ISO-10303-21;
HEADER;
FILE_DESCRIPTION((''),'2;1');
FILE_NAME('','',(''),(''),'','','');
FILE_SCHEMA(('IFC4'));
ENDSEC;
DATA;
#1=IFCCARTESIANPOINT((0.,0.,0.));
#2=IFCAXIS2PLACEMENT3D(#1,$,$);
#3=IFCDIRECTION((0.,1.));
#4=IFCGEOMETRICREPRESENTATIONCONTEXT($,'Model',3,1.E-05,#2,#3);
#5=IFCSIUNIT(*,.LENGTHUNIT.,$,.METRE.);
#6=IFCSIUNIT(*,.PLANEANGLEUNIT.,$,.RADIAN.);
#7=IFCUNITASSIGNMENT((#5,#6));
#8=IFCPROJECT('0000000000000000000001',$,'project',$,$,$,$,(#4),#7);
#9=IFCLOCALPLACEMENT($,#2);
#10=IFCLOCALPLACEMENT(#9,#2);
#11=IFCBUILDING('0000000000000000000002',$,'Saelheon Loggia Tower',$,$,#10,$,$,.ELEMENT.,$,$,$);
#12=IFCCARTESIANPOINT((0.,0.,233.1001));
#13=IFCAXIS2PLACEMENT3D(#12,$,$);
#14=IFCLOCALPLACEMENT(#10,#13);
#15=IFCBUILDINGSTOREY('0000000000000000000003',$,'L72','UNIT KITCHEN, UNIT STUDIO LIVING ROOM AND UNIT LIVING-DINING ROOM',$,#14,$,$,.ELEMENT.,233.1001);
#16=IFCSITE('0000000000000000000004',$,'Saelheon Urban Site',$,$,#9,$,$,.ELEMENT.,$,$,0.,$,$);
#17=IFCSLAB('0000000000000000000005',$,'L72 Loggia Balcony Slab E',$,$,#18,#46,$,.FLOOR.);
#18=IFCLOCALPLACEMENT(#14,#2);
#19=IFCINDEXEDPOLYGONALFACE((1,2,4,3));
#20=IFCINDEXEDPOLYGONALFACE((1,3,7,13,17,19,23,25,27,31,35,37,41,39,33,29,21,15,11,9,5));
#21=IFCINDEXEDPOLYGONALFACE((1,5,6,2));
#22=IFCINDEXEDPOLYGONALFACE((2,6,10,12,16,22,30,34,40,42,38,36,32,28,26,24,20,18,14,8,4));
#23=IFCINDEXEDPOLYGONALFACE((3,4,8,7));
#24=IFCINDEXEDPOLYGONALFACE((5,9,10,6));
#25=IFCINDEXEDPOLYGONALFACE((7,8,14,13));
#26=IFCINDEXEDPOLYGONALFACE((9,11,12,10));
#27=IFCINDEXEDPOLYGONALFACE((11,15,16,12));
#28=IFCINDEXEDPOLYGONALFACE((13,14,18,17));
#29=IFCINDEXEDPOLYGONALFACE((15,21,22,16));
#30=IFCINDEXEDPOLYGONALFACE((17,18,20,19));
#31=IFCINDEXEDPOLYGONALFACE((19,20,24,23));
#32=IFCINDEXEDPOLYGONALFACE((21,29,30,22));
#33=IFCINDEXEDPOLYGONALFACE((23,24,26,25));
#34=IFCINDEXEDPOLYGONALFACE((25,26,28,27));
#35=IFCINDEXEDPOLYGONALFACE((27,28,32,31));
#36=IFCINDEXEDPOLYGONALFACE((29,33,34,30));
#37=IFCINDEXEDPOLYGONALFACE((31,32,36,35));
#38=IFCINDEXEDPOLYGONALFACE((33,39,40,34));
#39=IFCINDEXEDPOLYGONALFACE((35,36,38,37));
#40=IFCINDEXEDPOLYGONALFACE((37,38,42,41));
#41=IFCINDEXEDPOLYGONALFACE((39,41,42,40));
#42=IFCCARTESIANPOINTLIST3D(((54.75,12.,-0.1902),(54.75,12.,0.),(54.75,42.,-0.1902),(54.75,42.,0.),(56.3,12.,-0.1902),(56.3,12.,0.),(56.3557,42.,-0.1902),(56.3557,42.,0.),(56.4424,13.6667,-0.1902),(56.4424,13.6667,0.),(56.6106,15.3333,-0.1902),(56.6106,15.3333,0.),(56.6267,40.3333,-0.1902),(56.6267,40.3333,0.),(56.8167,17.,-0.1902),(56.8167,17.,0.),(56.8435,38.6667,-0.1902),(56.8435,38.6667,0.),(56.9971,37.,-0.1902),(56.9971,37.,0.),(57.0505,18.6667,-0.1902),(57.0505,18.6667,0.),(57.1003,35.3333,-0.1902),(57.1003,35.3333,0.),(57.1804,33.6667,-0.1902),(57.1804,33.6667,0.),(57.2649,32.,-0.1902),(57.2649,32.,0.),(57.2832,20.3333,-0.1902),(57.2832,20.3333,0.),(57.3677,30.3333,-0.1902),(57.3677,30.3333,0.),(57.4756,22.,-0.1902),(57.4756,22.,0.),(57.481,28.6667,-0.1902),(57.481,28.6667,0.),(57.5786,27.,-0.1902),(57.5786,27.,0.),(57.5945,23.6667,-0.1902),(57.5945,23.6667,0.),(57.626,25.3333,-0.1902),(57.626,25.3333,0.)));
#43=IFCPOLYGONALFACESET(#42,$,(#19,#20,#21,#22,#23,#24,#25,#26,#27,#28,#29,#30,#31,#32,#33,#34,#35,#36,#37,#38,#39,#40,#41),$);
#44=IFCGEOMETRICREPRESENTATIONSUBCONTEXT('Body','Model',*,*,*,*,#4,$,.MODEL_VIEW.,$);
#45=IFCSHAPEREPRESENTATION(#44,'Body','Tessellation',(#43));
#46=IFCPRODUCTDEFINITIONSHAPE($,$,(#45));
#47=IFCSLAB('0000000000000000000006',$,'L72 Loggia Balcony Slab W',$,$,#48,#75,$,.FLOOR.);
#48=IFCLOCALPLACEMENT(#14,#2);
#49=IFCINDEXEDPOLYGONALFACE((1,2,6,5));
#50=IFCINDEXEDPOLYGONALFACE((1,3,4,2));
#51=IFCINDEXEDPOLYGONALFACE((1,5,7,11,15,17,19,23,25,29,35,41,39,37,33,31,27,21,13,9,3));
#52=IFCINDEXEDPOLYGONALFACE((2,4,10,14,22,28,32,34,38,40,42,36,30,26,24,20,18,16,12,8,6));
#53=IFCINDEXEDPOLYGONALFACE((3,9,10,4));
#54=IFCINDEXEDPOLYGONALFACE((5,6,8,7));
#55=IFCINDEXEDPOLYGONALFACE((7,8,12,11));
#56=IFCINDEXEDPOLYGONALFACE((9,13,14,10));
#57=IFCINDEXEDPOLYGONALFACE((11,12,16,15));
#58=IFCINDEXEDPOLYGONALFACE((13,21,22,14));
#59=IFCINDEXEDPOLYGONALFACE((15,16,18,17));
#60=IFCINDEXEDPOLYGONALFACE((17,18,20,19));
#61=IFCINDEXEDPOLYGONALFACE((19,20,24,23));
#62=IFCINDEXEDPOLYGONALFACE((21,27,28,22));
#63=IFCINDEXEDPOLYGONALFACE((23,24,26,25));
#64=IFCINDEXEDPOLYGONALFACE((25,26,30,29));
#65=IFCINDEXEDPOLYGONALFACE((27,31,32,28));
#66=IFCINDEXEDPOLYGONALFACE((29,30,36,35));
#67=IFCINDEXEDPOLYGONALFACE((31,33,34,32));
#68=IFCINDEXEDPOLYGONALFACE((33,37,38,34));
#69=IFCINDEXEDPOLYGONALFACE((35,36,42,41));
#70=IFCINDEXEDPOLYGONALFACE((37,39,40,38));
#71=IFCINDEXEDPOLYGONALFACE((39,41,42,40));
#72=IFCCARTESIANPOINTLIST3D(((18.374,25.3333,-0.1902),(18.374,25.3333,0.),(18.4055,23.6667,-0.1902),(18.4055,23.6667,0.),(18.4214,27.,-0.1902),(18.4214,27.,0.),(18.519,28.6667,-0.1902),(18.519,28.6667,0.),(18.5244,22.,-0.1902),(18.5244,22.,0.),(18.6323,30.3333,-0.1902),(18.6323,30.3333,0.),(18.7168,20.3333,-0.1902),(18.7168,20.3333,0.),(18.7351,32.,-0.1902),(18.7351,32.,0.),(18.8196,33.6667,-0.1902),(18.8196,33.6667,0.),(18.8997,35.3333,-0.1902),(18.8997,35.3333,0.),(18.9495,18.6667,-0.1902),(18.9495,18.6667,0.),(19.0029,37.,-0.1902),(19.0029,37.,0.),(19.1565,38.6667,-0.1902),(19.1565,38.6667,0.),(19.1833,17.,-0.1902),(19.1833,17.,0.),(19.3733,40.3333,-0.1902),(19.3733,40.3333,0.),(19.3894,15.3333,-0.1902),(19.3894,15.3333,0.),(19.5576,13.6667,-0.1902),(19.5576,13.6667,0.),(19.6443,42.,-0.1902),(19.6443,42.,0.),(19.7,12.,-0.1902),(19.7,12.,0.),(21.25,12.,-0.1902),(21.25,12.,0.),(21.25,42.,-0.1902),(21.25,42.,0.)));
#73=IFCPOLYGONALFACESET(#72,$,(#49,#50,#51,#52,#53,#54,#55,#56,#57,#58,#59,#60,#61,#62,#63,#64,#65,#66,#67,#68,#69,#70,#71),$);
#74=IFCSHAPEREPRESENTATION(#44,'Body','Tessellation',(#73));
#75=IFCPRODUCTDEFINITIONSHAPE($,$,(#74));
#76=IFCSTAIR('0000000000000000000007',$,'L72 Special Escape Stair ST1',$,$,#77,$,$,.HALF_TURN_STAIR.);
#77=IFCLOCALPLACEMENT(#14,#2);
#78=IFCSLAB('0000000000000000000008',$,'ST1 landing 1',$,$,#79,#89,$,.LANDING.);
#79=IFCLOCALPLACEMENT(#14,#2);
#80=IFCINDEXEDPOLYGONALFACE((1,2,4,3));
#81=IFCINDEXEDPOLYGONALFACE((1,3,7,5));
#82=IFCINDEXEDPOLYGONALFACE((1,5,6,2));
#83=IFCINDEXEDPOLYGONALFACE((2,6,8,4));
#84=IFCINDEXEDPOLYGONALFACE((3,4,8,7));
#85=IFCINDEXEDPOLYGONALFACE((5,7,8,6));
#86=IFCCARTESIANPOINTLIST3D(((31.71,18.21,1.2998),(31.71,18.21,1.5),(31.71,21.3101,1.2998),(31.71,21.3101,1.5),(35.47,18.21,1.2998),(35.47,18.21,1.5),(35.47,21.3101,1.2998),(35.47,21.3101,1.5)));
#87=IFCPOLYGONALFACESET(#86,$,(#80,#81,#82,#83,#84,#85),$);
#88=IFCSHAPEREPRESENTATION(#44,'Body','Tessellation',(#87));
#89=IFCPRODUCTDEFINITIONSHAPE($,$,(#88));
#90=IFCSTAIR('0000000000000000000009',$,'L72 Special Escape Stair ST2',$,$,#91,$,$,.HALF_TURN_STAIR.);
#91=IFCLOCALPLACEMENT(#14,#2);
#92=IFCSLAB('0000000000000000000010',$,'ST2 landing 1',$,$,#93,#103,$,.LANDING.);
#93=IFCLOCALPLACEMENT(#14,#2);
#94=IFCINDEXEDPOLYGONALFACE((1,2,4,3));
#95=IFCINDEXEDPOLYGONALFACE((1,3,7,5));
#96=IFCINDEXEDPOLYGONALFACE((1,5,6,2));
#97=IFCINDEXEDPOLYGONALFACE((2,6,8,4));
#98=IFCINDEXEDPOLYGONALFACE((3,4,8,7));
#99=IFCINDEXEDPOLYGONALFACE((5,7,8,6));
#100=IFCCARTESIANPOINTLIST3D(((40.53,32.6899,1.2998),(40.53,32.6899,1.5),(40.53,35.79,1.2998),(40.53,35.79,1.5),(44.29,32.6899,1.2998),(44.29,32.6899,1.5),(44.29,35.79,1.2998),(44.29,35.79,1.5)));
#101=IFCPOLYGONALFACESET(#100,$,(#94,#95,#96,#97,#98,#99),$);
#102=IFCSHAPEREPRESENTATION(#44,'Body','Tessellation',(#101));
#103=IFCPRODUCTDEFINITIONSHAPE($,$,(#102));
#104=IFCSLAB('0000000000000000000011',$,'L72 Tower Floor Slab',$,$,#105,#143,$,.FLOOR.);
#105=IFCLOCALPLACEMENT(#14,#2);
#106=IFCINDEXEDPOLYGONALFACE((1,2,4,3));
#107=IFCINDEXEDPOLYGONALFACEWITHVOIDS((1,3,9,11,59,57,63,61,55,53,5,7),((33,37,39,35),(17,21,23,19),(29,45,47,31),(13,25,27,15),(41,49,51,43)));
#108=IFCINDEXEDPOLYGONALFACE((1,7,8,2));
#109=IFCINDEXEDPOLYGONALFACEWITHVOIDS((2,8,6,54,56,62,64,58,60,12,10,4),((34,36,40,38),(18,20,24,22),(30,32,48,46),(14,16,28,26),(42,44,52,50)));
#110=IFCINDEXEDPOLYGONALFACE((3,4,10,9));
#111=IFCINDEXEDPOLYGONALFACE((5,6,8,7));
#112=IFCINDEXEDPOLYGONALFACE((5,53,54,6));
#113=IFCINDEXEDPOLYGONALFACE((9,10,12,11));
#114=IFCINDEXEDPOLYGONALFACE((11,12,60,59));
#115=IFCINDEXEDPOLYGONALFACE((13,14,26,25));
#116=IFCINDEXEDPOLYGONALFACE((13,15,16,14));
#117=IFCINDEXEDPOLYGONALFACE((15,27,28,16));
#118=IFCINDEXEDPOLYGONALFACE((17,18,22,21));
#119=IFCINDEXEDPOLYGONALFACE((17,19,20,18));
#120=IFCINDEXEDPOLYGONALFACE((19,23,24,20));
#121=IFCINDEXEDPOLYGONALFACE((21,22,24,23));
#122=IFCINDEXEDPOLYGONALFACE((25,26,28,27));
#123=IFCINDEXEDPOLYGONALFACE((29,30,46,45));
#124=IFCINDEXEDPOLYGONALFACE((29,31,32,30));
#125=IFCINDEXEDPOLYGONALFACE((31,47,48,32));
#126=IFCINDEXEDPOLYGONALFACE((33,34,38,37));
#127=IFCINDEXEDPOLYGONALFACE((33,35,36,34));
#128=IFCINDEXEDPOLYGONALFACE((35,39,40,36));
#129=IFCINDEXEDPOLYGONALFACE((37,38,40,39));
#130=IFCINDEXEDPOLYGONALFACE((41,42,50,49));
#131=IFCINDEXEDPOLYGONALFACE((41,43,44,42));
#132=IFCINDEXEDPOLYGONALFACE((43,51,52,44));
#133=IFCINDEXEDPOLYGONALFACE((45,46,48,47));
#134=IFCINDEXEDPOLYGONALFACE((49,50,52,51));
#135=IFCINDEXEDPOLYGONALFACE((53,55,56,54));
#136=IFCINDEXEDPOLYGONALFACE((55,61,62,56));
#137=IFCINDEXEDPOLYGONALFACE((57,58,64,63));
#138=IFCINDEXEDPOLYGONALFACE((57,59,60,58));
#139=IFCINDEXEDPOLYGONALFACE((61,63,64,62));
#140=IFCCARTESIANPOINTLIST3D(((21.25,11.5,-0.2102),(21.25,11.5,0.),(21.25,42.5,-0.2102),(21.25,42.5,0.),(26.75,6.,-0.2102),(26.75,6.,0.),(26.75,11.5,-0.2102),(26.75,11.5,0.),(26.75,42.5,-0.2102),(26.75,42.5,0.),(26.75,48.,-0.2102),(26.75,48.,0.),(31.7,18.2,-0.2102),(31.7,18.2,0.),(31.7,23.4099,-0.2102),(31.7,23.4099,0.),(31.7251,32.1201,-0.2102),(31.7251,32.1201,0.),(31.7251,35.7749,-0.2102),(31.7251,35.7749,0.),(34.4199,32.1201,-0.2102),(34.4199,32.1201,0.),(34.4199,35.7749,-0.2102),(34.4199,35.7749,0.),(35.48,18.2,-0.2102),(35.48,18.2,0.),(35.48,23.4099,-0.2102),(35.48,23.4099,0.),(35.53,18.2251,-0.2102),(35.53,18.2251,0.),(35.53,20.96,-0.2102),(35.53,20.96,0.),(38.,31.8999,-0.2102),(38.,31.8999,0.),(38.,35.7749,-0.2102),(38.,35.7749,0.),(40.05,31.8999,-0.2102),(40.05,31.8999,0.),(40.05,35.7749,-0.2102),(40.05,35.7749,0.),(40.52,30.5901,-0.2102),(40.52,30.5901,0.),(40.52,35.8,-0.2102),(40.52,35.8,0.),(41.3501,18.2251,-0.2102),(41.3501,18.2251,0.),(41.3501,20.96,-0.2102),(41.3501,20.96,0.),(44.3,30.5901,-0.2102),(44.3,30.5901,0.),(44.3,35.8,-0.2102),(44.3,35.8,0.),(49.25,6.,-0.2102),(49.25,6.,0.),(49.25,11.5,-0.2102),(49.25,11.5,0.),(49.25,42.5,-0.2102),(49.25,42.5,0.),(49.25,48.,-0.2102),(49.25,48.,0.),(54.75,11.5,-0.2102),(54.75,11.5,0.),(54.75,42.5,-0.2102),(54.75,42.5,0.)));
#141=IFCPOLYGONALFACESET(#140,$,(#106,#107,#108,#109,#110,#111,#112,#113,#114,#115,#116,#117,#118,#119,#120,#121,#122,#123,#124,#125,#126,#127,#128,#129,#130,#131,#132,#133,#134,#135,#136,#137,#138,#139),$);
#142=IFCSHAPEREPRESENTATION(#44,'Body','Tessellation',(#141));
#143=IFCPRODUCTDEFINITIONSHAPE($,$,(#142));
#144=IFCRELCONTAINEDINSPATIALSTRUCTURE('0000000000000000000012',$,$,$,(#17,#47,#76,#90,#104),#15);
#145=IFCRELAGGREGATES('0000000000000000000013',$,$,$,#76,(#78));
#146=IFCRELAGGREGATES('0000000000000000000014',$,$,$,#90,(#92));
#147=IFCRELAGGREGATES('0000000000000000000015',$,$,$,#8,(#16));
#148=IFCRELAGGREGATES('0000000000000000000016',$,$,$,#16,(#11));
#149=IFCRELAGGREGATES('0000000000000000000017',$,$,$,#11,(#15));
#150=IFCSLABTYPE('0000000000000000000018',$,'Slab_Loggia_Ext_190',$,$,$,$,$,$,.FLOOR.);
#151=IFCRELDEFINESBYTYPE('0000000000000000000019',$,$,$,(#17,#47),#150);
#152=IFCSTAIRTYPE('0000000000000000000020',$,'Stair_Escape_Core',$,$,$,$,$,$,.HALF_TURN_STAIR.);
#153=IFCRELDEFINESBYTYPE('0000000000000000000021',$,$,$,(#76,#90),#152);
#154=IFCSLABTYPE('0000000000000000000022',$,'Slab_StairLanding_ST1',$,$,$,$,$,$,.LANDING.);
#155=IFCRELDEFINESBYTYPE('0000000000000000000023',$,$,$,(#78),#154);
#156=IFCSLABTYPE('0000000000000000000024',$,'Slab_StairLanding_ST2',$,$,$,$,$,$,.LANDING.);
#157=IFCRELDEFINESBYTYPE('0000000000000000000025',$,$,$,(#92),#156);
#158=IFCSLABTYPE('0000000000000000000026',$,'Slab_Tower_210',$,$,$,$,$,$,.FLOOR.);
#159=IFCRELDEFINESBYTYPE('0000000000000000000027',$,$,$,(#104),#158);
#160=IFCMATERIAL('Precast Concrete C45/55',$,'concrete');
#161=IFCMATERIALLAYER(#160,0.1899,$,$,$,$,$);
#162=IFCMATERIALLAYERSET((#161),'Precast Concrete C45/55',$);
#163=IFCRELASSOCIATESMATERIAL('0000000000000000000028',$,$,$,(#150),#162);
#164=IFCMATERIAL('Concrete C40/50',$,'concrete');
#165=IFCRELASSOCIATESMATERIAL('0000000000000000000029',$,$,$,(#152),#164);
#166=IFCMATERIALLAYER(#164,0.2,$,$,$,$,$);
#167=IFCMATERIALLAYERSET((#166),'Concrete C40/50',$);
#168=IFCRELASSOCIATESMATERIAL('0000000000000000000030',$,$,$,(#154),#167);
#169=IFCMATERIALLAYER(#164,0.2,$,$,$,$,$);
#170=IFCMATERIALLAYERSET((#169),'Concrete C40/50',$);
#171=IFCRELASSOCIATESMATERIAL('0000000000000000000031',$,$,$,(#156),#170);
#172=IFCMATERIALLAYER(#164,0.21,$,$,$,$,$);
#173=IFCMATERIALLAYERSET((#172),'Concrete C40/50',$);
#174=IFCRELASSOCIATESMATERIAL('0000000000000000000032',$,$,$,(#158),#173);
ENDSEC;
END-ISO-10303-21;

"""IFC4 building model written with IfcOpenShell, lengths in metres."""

from ifc_helpers import new_model, si_unit, direction, frame, origin, place, context, subcontext, project, spatial, polyline, outline, extrude, material, layer, layer_set, type_object, element, aggregate, save


model = new_model("IFC4")

# Units and contexts
model_context = context("Model", 3, precision=1e-05, world=origin(), true_north=direction((0.0, 1.0)))
body_context = subcontext(model_context, "Body", "Model", "MODEL_VIEW")
ifc_project = project(units=[si_unit("LENGTHUNIT", "METRE"), si_unit("PLANEANGLEUNIT", "RADIAN")], contexts=[model_context])

# Site, building, storey
site_placement = place(None, origin())
site = spatial("IfcSite", under=ifc_project, at=site_placement, Name="Saelheon Urban Site", CompositionType="ELEMENT", RefElevation=0.0)
building_placement = place(site_placement, origin())
building = spatial("IfcBuilding", under=site, at=building_placement, Name="Saelheon Loggia Tower", CompositionType="ELEMENT")
storey_placement = place(building_placement, frame((0.0, 0.0, 233.1001)))
storey = spatial("IfcBuildingStorey", under=building, at=storey_placement, Name="L72", Description="UNIT KITCHEN, UNIT STUDIO LIVING ROOM AND UNIT LIVING-DINING ROOM", CompositionType="ELEMENT", Elevation=233.1001)

# Shared definitions
ifc_material_1 = material(Name="Precast Concrete C45/55", Category="concrete")

# Shared definitions
ifc_material_2 = material(Name="Concrete C40/50", Category="concrete")

# Slabs
ifc_layer_1 = layer(ifc_material_1, 0.1899)
ifc_layer_set_1 = layer_set([ifc_layer_1], Name="Precast Concrete C45/55")
slab_type_1 = type_object("IfcSlabType", Name="Slab_Loggia_Ext_190", PredefinedType="FLOOR", material=ifc_layer_set_1)
slab_1_placement = place(storey_placement, frame((0.0, 0.0, -0.1902)))
element("IfcSlab", 1, at=slab_1_placement, inside=storey, type_object=slab_type_1, Name="L72 Loggia Balcony Slab E", PredefinedType="FLOOR", context=body_context, shape_type="SweptSolid", body=[
    extrude(outline(polyline([(54.75, 12.0), (56.3, 12.0), (56.4424, 13.6667), (56.6106, 15.3333), (56.8167, 17.0), (57.0505, 18.6667), (57.2832, 20.3333), (57.4756, 22.0), (57.5945, 23.6667), (57.626, 25.3333), (57.5786, 27.0), (57.481, 28.6667), (57.3677, 30.3333), (57.2649, 32.0), (57.1804, 33.6667), (57.1003, 35.3333), (56.9971, 37.0), (56.8435, 38.6667), (56.6267, 40.3333), (56.3557, 42.0), (54.75, 42.0), (54.75, 12.0)])), origin(), (0.0, 0.0, 1.0), 0.1902),
])
slab_2_placement = place(storey_placement, frame((0.0, 0.0, -0.1902)))
element("IfcSlab", 2, at=slab_2_placement, inside=storey, type_object=slab_type_1, Name="L72 Loggia Balcony Slab W", PredefinedType="FLOOR", context=body_context, shape_type="SweptSolid", body=[
    extrude(outline(polyline([(21.25, 12.0), (21.25, 42.0), (19.6443, 42.0), (19.3733, 40.3333), (19.1565, 38.6667), (19.0029, 37.0), (18.8997, 35.3333), (18.8196, 33.6667), (18.7351, 32.0), (18.6323, 30.3333), (18.519, 28.6667), (18.4214, 27.0), (18.374, 25.3333), (18.4055, 23.6667), (18.5244, 22.0), (18.7168, 20.3333), (18.9495, 18.6667), (19.1833, 17.0), (19.3894, 15.3333), (19.5576, 13.6667), (19.7, 12.0), (21.25, 12.0)])), origin(), (0.0, 0.0, 1.0), 0.1902),
])

# Stairs, slabs
stair_type = type_object("IfcStairType", Name="Stair_Escape_Core", PredefinedType="HALF_TURN_STAIR", material=ifc_material_2)
stair_1_placement = place(storey_placement, origin())
stair_1 = element("IfcStair", 3, at=stair_1_placement, inside=storey, type_object=stair_type, Name="L72 Special Escape Stair ST1", PredefinedType="HALF_TURN_STAIR")
ifc_layer_2 = layer(ifc_material_2, 0.2)
ifc_layer_set_2 = layer_set([ifc_layer_2], Name="Concrete C40/50")
slab_type_2 = type_object("IfcSlabType", Name="Slab_StairLanding_ST1", PredefinedType="LANDING", material=ifc_layer_set_2)
slab_3_placement = place(storey_placement, frame((0.0, 0.0, 1.2998)))
slab_3 = element("IfcSlab", 4, at=slab_3_placement, type_object=slab_type_2, Name="ST1 landing 1", PredefinedType="LANDING", context=body_context, shape_type="SweptSolid", body=[
    extrude(outline(polyline([(31.71, 21.3101), (31.71, 18.21), (35.47, 18.21), (35.47, 21.3101), (31.71, 21.3101)])), origin(), (0.0, 0.0, 1.0), 0.2002),
])
aggregate(stair_1, [slab_3])
stair_2_placement = place(storey_placement, origin())
stair_2 = element("IfcStair", 5, at=stair_2_placement, inside=storey, type_object=stair_type, Name="L72 Special Escape Stair ST2", PredefinedType="HALF_TURN_STAIR")
ifc_layer_3 = layer(ifc_material_2, 0.2)
ifc_layer_set_3 = layer_set([ifc_layer_3], Name="Concrete C40/50")
slab_type_3 = type_object("IfcSlabType", Name="Slab_StairLanding_ST2", PredefinedType="LANDING", material=ifc_layer_set_3)
slab_4_placement = place(storey_placement, frame((0.0, 0.0, 1.2998)))
slab_4 = element("IfcSlab", 6, at=slab_4_placement, type_object=slab_type_3, Name="ST2 landing 1", PredefinedType="LANDING", context=body_context, shape_type="SweptSolid", body=[
    extrude(outline(polyline([(44.29, 32.6899), (44.29, 35.79), (40.53, 35.79), (40.53, 32.6899), (44.29, 32.6899)])), origin(), (0.0, 0.0, 1.0), 0.2002),
])
aggregate(stair_2, [slab_4])

# Slab
ifc_layer_4 = layer(ifc_material_2, 0.21)
ifc_layer_set_4 = layer_set([ifc_layer_4], Name="Concrete C40/50")
slab_type_4 = type_object("IfcSlabType", Name="Slab_Tower_210", PredefinedType="FLOOR", material=ifc_layer_set_4)
slab_5_placement = place(storey_placement, frame((0.0, 0.0, -0.2102)))
element("IfcSlab", 7, at=slab_5_placement, inside=storey, type_object=slab_type_4, Name="L72 Tower Floor Slab", PredefinedType="FLOOR", context=body_context, shape_type="SweptSolid", body=[
    extrude(outline(polyline([(26.75, 6.0), (49.25, 6.0), (49.25, 11.5), (54.75, 11.5), (54.75, 42.5), (49.25, 42.5), (49.25, 48.0), (26.75, 48.0), (26.75, 42.5), (21.25, 42.5), (21.25, 11.5), (26.75, 11.5), (26.75, 6.0)]), holes=[polyline([(31.7, 23.4099), (31.7, 18.2), (35.48, 18.2), (35.48, 23.4099), (31.7, 23.4099)]), polyline([(44.3, 30.5901), (44.3, 35.8), (40.52, 35.8), (40.52, 30.5901), (44.3, 30.5901)]), polyline([(35.53, 18.2251), (41.3501, 18.2251), (41.3501, 20.96), (35.53, 20.96), (35.53, 18.2251)]), polyline([(31.7251, 32.1201), (34.4199, 32.1201), (34.4199, 35.7749), (31.7251, 35.7749), (31.7251, 32.1201)]), polyline([(38.0, 31.8999), (40.05, 31.8999), (40.05, 35.7749), (38.0, 35.7749), (38.0, 31.8999)])]), origin(), (0.0, 0.0, 1.0), 0.2102),
])

save(model, "model.ifc")
